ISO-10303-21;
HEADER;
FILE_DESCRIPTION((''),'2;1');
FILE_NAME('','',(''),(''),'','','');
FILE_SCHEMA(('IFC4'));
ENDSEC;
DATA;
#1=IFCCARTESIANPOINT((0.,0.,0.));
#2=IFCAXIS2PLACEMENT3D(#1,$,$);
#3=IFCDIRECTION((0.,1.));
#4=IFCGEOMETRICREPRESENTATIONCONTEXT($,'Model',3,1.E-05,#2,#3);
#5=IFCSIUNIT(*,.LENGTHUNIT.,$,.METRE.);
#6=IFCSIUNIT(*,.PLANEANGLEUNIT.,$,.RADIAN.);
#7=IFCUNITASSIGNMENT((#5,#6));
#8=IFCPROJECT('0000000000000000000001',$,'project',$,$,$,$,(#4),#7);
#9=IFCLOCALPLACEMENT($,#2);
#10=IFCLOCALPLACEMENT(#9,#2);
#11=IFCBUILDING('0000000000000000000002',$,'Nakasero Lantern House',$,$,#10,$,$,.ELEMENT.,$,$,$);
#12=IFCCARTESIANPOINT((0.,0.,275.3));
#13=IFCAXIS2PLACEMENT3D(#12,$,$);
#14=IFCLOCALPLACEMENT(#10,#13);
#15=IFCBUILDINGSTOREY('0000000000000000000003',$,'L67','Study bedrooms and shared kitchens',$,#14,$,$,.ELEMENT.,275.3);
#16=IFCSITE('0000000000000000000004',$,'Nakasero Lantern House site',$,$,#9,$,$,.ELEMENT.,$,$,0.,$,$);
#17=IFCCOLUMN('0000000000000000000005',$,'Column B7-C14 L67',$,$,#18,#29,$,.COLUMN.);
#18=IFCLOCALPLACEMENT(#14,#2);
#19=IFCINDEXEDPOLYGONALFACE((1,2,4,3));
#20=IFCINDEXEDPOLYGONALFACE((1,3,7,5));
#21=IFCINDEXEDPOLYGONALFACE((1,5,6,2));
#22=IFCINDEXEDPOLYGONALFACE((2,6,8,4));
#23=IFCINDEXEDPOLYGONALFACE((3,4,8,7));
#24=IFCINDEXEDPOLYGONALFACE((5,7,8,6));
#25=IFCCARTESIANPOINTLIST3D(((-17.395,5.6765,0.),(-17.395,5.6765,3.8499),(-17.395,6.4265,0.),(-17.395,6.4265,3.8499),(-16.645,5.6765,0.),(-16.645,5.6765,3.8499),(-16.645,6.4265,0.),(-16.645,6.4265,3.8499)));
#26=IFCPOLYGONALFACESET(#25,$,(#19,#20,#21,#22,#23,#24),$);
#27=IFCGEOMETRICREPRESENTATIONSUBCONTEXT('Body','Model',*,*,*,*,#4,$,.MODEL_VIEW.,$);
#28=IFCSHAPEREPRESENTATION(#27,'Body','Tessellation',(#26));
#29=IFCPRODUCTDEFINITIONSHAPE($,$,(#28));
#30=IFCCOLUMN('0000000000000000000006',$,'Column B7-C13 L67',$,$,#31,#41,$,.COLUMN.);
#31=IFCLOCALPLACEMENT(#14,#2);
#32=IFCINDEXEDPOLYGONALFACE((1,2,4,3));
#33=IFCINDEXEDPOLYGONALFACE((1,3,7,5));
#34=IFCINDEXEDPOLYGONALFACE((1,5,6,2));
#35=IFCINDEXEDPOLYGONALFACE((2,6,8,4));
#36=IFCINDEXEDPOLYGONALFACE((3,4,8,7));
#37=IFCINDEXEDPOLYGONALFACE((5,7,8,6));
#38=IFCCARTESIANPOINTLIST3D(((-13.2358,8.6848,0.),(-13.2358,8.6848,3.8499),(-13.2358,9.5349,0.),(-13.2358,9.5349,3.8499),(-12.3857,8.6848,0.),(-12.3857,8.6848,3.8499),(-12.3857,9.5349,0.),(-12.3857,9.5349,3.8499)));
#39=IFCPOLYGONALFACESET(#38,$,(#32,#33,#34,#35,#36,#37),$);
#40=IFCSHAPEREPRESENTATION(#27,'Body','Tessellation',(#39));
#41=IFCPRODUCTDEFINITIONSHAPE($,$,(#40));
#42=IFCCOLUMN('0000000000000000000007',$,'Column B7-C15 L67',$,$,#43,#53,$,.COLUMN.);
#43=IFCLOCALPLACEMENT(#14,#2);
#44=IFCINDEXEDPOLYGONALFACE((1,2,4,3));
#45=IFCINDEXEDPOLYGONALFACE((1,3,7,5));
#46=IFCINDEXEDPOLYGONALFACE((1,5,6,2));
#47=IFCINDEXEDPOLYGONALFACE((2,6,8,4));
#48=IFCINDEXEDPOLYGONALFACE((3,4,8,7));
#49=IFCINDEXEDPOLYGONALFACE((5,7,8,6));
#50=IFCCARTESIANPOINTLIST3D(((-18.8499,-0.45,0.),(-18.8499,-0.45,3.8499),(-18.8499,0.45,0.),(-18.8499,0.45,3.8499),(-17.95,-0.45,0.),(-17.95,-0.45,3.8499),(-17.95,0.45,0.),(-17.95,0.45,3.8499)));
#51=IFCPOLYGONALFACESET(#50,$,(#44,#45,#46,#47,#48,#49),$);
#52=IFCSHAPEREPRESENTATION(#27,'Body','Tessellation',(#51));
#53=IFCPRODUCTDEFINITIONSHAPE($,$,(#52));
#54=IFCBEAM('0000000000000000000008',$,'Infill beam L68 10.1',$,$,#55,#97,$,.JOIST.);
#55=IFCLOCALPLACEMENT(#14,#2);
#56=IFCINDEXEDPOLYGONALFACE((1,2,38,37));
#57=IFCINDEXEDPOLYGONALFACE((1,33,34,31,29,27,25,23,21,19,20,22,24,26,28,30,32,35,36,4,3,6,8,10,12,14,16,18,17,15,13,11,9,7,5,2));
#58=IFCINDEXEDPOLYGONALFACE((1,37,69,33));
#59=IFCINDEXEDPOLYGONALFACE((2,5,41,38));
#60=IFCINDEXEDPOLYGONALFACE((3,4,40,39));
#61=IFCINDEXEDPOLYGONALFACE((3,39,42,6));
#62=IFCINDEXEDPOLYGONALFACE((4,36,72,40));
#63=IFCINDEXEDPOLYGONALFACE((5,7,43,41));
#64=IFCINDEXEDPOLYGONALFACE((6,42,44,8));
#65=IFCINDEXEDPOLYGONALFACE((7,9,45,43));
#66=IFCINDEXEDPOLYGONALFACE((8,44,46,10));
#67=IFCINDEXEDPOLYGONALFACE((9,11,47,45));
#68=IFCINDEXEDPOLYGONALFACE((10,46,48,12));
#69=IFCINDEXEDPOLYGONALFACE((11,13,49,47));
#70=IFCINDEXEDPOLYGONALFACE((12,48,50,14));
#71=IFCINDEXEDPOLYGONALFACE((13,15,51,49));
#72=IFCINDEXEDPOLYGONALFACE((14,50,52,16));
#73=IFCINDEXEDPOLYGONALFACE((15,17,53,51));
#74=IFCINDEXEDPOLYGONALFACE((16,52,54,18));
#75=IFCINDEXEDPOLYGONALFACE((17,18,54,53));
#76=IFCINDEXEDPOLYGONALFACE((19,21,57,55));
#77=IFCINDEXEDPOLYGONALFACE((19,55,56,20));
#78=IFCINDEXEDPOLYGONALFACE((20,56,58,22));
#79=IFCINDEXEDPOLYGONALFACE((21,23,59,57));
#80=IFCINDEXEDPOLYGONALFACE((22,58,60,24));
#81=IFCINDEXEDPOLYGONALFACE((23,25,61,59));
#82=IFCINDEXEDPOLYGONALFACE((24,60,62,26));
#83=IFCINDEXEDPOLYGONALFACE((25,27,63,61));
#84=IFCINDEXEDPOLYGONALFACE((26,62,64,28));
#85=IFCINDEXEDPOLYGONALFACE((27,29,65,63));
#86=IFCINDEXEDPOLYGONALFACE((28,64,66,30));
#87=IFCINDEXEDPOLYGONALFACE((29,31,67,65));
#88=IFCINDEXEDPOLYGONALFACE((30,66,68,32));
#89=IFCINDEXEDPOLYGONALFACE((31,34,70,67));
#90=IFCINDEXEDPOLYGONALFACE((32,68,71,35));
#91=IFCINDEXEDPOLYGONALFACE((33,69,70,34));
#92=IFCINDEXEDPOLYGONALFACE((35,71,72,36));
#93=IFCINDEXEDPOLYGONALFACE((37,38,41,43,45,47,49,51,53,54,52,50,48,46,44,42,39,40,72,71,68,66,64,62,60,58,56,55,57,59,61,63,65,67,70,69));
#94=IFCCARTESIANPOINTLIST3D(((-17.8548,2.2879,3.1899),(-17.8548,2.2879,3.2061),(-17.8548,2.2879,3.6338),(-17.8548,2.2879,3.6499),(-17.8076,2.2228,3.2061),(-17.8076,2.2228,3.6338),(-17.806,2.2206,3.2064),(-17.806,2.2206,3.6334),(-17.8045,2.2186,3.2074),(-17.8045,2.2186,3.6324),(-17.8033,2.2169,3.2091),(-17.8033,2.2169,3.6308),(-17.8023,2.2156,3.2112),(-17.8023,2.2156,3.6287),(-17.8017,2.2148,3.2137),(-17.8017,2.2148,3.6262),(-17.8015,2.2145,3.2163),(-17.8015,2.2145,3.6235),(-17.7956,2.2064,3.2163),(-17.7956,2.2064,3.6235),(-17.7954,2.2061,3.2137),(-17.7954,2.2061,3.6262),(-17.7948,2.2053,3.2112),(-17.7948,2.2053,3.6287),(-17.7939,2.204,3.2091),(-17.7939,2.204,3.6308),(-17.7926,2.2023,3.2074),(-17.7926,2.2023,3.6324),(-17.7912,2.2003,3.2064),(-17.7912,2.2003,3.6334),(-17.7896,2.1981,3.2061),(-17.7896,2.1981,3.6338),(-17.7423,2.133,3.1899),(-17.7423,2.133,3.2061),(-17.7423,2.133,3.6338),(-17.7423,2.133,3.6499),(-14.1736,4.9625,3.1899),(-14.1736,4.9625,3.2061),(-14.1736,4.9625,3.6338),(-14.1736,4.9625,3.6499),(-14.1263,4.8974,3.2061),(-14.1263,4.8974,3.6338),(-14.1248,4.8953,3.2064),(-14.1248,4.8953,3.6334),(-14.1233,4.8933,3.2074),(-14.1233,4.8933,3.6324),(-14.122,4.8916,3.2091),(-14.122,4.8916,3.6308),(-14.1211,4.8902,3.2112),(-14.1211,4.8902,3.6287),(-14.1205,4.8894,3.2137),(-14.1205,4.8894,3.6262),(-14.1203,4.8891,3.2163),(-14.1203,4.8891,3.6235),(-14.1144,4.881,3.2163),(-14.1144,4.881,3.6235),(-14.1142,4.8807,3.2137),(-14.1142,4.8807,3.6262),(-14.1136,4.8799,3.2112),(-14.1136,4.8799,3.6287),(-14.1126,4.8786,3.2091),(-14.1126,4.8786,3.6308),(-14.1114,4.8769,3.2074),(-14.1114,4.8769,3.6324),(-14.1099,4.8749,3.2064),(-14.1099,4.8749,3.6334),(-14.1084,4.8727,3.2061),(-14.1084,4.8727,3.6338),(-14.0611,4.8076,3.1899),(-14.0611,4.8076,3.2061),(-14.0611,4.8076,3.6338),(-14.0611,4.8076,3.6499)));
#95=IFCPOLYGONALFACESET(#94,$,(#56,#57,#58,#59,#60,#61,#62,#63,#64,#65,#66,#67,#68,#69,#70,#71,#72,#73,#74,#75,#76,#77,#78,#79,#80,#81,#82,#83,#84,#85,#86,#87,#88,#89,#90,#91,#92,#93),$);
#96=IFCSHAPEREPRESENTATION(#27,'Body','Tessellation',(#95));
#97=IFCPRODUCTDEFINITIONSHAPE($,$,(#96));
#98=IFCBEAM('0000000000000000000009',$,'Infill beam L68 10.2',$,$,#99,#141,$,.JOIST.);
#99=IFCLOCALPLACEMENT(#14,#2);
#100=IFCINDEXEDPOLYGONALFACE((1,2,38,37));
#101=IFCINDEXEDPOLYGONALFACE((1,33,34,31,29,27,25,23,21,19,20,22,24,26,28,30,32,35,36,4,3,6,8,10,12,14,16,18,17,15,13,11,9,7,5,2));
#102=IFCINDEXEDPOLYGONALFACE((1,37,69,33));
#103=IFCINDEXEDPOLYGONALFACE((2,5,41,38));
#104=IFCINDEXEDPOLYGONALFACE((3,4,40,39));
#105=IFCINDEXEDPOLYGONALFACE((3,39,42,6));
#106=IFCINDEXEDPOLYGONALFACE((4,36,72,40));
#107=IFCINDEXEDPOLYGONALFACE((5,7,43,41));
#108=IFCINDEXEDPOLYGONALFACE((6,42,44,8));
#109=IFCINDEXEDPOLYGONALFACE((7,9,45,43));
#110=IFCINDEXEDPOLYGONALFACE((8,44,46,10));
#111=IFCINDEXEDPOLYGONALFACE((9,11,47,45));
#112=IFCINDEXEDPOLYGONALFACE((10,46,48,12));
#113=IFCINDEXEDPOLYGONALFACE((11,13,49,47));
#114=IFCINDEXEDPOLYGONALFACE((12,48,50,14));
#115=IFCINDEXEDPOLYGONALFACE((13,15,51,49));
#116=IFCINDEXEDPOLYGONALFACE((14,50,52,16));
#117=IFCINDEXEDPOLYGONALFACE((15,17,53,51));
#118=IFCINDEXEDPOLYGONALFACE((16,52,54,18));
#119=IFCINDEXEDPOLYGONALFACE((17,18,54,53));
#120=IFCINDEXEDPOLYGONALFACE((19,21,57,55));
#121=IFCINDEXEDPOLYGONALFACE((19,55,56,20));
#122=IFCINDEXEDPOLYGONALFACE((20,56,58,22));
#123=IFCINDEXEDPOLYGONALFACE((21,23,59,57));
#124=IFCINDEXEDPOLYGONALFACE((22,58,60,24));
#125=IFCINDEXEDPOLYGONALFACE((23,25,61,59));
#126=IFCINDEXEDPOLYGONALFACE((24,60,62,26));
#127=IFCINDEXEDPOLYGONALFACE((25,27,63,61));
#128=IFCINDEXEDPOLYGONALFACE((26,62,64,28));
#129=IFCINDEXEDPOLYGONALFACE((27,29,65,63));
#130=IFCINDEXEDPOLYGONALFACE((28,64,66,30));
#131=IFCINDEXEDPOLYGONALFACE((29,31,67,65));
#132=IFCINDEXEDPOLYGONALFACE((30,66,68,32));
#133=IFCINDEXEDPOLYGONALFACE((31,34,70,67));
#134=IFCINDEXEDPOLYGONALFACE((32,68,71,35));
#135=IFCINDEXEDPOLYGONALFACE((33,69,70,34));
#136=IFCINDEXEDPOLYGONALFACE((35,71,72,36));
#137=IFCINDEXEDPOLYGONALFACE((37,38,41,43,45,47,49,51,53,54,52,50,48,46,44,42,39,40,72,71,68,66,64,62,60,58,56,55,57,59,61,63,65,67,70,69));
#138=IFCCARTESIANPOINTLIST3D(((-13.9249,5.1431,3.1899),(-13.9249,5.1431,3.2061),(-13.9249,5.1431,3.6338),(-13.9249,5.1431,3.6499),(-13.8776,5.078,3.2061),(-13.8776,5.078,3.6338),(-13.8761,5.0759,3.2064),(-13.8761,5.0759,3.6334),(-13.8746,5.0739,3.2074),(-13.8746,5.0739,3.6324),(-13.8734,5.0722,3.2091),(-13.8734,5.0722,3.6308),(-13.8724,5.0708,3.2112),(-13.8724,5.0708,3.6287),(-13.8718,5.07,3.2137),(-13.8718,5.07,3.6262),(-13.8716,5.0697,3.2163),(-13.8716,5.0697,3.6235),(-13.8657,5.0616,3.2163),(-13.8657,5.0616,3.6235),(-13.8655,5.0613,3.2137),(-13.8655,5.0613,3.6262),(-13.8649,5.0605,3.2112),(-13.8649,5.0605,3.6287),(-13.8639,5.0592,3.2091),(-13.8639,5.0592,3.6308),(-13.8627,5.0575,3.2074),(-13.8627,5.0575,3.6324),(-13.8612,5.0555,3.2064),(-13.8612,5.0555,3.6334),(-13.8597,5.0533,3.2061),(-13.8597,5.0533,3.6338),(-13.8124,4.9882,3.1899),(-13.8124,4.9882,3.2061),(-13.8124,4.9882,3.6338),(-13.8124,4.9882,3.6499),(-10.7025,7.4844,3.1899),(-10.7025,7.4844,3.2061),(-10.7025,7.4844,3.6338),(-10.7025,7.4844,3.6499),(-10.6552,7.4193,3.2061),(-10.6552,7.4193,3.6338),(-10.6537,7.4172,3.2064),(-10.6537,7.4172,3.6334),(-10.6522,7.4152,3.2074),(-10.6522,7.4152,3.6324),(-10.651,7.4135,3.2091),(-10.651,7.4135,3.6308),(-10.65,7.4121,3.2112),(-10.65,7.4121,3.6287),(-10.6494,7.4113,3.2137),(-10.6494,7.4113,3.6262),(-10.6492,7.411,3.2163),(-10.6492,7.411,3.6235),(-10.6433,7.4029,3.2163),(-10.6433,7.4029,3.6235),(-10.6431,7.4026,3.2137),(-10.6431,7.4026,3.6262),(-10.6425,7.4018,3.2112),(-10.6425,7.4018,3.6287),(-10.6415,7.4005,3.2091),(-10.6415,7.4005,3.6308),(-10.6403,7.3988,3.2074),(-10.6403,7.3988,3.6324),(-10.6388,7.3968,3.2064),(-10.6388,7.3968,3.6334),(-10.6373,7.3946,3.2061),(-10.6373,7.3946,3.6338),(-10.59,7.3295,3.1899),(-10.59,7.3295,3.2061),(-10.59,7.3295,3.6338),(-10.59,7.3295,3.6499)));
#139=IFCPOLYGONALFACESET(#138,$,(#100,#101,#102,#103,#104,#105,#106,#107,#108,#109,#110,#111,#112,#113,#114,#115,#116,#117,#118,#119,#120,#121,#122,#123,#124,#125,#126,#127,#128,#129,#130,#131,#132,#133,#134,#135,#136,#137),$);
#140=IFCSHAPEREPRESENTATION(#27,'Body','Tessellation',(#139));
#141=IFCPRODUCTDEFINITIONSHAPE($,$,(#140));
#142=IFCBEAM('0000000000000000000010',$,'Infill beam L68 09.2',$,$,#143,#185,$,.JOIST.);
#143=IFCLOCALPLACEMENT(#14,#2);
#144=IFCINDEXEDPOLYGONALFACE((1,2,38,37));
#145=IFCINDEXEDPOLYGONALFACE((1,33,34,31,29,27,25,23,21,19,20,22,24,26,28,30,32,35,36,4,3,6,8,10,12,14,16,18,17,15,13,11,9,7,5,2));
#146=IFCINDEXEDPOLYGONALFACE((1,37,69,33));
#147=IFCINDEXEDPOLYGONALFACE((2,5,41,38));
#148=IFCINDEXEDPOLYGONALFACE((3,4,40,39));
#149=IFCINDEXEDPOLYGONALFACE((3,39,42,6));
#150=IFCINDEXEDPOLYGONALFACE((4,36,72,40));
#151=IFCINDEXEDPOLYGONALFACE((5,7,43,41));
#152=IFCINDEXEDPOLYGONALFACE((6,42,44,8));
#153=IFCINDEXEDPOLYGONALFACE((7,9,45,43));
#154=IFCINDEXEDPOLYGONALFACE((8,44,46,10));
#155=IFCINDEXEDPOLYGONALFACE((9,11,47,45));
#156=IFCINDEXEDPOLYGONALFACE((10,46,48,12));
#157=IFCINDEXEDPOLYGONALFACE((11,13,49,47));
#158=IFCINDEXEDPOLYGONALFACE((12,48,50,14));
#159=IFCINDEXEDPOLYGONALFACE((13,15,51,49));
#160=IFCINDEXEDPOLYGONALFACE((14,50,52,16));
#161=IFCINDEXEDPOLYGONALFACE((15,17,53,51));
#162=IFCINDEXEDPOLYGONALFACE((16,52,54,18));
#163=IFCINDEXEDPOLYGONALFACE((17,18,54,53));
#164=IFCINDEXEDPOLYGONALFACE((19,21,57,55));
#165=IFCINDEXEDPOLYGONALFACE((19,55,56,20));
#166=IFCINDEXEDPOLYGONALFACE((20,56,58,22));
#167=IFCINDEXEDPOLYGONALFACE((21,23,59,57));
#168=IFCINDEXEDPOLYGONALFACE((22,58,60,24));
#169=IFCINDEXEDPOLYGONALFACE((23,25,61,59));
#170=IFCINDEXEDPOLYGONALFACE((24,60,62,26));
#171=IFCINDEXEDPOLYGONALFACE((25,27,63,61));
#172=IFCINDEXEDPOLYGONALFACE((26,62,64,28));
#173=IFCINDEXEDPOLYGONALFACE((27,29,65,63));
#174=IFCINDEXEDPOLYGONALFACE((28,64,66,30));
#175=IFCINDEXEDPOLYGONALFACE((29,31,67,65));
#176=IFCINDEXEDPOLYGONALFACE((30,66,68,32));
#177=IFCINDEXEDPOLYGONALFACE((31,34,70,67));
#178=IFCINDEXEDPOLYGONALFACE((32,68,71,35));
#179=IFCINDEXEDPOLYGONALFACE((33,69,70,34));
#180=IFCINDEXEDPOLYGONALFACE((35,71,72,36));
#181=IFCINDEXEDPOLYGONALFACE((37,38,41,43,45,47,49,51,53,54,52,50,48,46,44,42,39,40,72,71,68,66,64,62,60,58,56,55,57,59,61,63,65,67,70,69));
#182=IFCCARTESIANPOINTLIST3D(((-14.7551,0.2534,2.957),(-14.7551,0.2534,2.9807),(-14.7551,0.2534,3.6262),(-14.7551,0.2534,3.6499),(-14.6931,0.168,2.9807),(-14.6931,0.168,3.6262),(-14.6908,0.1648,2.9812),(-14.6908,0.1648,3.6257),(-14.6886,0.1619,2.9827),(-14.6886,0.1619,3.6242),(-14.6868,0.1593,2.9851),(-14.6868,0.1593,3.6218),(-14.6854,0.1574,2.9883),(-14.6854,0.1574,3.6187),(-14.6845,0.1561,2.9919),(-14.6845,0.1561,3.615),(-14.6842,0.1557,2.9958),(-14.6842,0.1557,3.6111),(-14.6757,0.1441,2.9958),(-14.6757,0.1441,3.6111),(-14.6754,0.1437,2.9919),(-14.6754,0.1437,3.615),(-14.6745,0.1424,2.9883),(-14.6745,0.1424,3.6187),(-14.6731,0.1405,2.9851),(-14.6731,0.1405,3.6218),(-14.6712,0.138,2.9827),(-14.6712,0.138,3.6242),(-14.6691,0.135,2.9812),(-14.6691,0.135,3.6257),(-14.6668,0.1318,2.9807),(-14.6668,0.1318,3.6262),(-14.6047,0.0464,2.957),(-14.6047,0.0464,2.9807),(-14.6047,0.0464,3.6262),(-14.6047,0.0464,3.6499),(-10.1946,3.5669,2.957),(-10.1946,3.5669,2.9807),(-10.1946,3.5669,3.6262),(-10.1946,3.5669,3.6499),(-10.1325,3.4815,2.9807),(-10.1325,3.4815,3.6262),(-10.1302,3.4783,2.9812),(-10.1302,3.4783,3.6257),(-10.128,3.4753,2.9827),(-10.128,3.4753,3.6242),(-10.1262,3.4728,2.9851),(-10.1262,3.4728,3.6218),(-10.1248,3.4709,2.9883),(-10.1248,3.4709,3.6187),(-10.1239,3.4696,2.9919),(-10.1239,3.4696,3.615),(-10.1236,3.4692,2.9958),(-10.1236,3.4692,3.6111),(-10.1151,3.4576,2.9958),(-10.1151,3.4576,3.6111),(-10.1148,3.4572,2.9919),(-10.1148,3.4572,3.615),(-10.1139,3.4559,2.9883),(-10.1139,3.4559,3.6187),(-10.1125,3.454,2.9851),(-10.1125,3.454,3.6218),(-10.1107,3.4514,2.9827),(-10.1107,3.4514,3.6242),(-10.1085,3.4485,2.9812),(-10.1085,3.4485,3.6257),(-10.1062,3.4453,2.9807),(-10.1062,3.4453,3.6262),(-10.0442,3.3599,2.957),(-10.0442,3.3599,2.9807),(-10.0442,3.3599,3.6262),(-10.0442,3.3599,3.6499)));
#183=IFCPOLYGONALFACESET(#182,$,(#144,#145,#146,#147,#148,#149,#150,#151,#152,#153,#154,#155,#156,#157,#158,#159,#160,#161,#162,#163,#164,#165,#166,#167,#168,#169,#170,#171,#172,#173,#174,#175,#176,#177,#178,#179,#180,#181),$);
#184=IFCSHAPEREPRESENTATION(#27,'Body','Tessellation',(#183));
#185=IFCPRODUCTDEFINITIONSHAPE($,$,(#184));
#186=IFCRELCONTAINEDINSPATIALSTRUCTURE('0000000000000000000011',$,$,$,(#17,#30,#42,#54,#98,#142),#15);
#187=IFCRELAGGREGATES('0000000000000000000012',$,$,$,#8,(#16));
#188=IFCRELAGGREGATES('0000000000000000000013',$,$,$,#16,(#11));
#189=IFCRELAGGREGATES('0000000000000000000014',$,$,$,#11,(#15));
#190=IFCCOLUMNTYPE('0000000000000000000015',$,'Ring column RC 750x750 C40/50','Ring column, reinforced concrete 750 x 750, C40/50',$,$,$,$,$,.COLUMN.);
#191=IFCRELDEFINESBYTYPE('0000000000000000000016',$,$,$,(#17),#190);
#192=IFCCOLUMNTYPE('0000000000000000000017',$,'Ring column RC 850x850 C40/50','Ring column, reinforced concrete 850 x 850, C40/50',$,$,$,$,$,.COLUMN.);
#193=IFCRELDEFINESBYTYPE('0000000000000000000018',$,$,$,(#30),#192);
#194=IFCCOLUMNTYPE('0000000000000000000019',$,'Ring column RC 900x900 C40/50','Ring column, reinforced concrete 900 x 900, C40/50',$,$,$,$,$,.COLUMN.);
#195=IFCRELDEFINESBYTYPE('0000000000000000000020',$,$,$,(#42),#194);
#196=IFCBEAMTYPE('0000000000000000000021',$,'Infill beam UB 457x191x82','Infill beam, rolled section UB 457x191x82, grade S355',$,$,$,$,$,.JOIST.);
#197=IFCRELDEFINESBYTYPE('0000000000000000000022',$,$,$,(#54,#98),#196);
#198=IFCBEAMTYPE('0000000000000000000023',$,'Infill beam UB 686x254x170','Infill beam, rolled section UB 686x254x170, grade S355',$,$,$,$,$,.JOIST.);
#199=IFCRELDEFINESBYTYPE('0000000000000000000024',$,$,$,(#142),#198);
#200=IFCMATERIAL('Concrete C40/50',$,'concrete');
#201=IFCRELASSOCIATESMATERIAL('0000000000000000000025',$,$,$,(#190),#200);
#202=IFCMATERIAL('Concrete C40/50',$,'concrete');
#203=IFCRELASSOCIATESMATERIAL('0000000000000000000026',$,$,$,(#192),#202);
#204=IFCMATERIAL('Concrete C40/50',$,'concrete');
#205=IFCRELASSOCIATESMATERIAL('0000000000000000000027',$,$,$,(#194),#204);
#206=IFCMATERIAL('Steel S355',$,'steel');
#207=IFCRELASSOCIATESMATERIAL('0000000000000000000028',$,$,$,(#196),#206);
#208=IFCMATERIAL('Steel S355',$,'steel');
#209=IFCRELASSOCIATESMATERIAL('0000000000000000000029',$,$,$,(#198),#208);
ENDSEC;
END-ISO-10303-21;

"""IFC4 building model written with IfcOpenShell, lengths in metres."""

from ifc_helpers import new_model, si_unit, direction, frame, origin, origin_2d, place, context, subcontext, project, spatial, rectangle, i_section, extrude, material, material_profile, profile_set, type_object, element, save


model = new_model("IFC4")

# Units and contexts
model_context = context("Model", 3, precision=1e-05, world=origin(), true_north=direction((0.0, 1.0)))
body_context = subcontext(model_context, "Body", "Model", "MODEL_VIEW")
ifc_project = project(units=[si_unit("LENGTHUNIT", "METRE"), si_unit("PLANEANGLEUNIT", "RADIAN")], contexts=[model_context])

# Site, building, storey
site_placement = place(None, origin())
site = spatial("IfcSite", under=ifc_project, at=site_placement, Name="Nakasero Lantern House site", CompositionType="ELEMENT", RefElevation=0.0)
building_placement = place(site_placement, origin())
building = spatial("IfcBuilding", under=site, at=building_placement, Name="Nakasero Lantern House", CompositionType="ELEMENT")
storey_placement = place(building_placement, frame((0.0, 0.0, 275.3)))
storey = spatial("IfcBuildingStorey", under=building, at=storey_placement, Name="L67", Description="Study bedrooms and shared kitchens", CompositionType="ELEMENT", Elevation=275.3)

# Columns
ifc_material_1 = material(Name="Concrete C40/50", Category="concrete")
ifc_material_profile_1 = material_profile(ifc_material_1, rectangle(XDim=0.75, YDim=0.75, at=origin_2d()), Name="RC 750x750")
ifc_profile_set_1 = profile_set([ifc_material_profile_1], Name="Concrete C40/50")
column_type_1 = type_object("IfcColumnType", Name="Ring column RC 750x750 C40/50", Description="Ring column, reinforced concrete 750 x 750, C40/50", PredefinedType="COLUMN", material=ifc_profile_set_1)
column_1_placement = place(storey_placement, frame((-17.02, 6.0515, 0.0), z_axis=(0.0, 0.0, 1.0), x_axis=(1.0, 0.0, 0.0)))
element("IfcColumn", 1, at=column_1_placement, inside=storey, type_object=column_type_1, Name="Column B7-C14 L67", PredefinedType="COLUMN", context=body_context, shape_type="SweptSolid", body=[
    extrude(rectangle(XDim=0.75, YDim=0.75, at=origin_2d()), origin(), (0.0, 0.0, 1.0), 3.8499),
])
ifc_material_2 = material(Name="Concrete C40/50", Category="concrete")
ifc_material_profile_2 = material_profile(ifc_material_2, rectangle(XDim=0.8501, YDim=0.8501, at=origin_2d()), Name="RC 850x850")
ifc_profile_set_2 = profile_set([ifc_material_profile_2], Name="Concrete C40/50")
column_type_2 = type_object("IfcColumnType", Name="Ring column RC 850x850 C40/50", Description="Ring column, reinforced concrete 850 x 850, C40/50", PredefinedType="COLUMN", material=ifc_profile_set_2)
column_2_placement = place(storey_placement, frame((-12.8108, 9.1099, 0.0), z_axis=(0.0, 0.0, 1.0), x_axis=(1.0, 0.0, 0.0)))
element("IfcColumn", 2, at=column_2_placement, inside=storey, type_object=column_type_2, Name="Column B7-C13 L67", PredefinedType="COLUMN", context=body_context, shape_type="SweptSolid", body=[
    extrude(rectangle(XDim=0.8501, YDim=0.8501, at=origin_2d()), origin(), (0.0, 0.0, 1.0), 3.8499),
])
ifc_material_3 = material(Name="Concrete C40/50", Category="concrete")
ifc_material_profile_3 = material_profile(ifc_material_3, rectangle(XDim=0.8999, YDim=0.8999, at=origin_2d()), Name="RC 900x900")
ifc_profile_set_3 = profile_set([ifc_material_profile_3], Name="Concrete C40/50")
column_type_3 = type_object("IfcColumnType", Name="Ring column RC 900x900 C40/50", Description="Ring column, reinforced concrete 900 x 900, C40/50", PredefinedType="COLUMN", material=ifc_profile_set_3)
column_3_placement = place(storey_placement, frame((-18.3999, 0.0, 0.0), z_axis=(0.0, 0.0, 1.0), x_axis=(1.0, 0.0, 0.0)))
element("IfcColumn", 3, at=column_3_placement, inside=storey, type_object=column_type_3, Name="Column B7-C15 L67", PredefinedType="COLUMN", context=body_context, shape_type="SweptSolid", body=[
    extrude(rectangle(XDim=0.8999, YDim=0.8999, at=origin_2d()), origin(), (0.0, 0.0, 1.0), 3.8499),
])

# Beams
ifc_material_4 = material(Name="Steel S355", Category="steel")
ifc_material_profile_4 = material_profile(ifc_material_4, i_section(OverallWidth=0.1914, OverallDepth=0.46, WebThickness=0.01, FlangeThickness=0.0161, FilletRadius=0.0103, at=origin_2d()), Name="UB 457x191x82")
ifc_profile_set_4 = profile_set([ifc_material_profile_4], Name="Steel S355")
beam_type_1 = type_object("IfcBeamType", Name="Infill beam UB 457x191x82", Description="Infill beam, rolled section UB 457x191x82, grade S355", PredefinedType="JOIST", material=ifc_profile_set_4)
beam_1_placement = place(storey_placement, frame((-17.7986, 2.2104, 3.4199), z_axis=(0.809012, 0.587792, 0.0), x_axis=(-0.587792, 0.809012, 0.0)))
element("IfcBeam", 4, at=beam_1_placement, inside=storey, type_object=beam_type_1, Name="Infill beam L68 10.1", PredefinedType="JOIST", context=body_context, shape_type="SweptSolid", body=[
    extrude(i_section(OverallWidth=0.1914, OverallDepth=0.46, WebThickness=0.01, FlangeThickness=0.0161, FilletRadius=0.0103, at=origin_2d()), origin(), (0.0, 0.0, 1.0), 4.5503),
])
beam_2_placement = place(storey_placement, frame((-13.8687, 5.0657, 3.4199), z_axis=(0.809006, 0.5878, 0.0), x_axis=(-0.5878, 0.809006, 0.0)))
element("IfcBeam", 5, at=beam_2_placement, inside=storey, type_object=beam_type_1, Name="Infill beam L68 10.2", PredefinedType="JOIST", context=body_context, shape_type="SweptSolid", body=[
    extrude(i_section(OverallWidth=0.1914, OverallDepth=0.46, WebThickness=0.01, FlangeThickness=0.0161, FilletRadius=0.0103, at=origin_2d()), origin(), (0.0, 0.0, 1.0), 3.9832),
])
ifc_material_5 = material(Name="Steel S355", Category="steel")
ifc_material_profile_5 = material_profile(ifc_material_5, i_section(OverallWidth=0.2559, OverallDepth=0.6929, WebThickness=0.0144, FlangeThickness=0.0237, FilletRadius=0.0151, at=origin_2d()), Name="UB 686x254x170")
ifc_profile_set_5 = profile_set([ifc_material_profile_5], Name="Steel S355")
beam_type_2 = type_object("IfcBeamType", Name="Infill beam UB 686x254x170", Description="Infill beam, rolled section UB 686x254x170, grade S355", PredefinedType="JOIST", material=ifc_profile_set_5)
beam_3_placement = place(storey_placement, frame((-14.6799, 0.1499, 3.3035), z_axis=(0.809013, 0.587791, 0.0), x_axis=(-0.587791, 0.809013, 0.0)))
element("IfcBeam", 6, at=beam_3_placement, inside=storey, type_object=beam_type_2, Name="Infill beam L68 09.2", PredefinedType="JOIST", context=body_context, shape_type="SweptSolid", body=[
    extrude(i_section(OverallWidth=0.2559, OverallDepth=0.6929, WebThickness=0.0144, FlangeThickness=0.0237, FilletRadius=0.0151, at=origin_2d()), origin(), (0.0, 0.0, 1.0), 5.6372),
])

save(model, "model.ifc")
